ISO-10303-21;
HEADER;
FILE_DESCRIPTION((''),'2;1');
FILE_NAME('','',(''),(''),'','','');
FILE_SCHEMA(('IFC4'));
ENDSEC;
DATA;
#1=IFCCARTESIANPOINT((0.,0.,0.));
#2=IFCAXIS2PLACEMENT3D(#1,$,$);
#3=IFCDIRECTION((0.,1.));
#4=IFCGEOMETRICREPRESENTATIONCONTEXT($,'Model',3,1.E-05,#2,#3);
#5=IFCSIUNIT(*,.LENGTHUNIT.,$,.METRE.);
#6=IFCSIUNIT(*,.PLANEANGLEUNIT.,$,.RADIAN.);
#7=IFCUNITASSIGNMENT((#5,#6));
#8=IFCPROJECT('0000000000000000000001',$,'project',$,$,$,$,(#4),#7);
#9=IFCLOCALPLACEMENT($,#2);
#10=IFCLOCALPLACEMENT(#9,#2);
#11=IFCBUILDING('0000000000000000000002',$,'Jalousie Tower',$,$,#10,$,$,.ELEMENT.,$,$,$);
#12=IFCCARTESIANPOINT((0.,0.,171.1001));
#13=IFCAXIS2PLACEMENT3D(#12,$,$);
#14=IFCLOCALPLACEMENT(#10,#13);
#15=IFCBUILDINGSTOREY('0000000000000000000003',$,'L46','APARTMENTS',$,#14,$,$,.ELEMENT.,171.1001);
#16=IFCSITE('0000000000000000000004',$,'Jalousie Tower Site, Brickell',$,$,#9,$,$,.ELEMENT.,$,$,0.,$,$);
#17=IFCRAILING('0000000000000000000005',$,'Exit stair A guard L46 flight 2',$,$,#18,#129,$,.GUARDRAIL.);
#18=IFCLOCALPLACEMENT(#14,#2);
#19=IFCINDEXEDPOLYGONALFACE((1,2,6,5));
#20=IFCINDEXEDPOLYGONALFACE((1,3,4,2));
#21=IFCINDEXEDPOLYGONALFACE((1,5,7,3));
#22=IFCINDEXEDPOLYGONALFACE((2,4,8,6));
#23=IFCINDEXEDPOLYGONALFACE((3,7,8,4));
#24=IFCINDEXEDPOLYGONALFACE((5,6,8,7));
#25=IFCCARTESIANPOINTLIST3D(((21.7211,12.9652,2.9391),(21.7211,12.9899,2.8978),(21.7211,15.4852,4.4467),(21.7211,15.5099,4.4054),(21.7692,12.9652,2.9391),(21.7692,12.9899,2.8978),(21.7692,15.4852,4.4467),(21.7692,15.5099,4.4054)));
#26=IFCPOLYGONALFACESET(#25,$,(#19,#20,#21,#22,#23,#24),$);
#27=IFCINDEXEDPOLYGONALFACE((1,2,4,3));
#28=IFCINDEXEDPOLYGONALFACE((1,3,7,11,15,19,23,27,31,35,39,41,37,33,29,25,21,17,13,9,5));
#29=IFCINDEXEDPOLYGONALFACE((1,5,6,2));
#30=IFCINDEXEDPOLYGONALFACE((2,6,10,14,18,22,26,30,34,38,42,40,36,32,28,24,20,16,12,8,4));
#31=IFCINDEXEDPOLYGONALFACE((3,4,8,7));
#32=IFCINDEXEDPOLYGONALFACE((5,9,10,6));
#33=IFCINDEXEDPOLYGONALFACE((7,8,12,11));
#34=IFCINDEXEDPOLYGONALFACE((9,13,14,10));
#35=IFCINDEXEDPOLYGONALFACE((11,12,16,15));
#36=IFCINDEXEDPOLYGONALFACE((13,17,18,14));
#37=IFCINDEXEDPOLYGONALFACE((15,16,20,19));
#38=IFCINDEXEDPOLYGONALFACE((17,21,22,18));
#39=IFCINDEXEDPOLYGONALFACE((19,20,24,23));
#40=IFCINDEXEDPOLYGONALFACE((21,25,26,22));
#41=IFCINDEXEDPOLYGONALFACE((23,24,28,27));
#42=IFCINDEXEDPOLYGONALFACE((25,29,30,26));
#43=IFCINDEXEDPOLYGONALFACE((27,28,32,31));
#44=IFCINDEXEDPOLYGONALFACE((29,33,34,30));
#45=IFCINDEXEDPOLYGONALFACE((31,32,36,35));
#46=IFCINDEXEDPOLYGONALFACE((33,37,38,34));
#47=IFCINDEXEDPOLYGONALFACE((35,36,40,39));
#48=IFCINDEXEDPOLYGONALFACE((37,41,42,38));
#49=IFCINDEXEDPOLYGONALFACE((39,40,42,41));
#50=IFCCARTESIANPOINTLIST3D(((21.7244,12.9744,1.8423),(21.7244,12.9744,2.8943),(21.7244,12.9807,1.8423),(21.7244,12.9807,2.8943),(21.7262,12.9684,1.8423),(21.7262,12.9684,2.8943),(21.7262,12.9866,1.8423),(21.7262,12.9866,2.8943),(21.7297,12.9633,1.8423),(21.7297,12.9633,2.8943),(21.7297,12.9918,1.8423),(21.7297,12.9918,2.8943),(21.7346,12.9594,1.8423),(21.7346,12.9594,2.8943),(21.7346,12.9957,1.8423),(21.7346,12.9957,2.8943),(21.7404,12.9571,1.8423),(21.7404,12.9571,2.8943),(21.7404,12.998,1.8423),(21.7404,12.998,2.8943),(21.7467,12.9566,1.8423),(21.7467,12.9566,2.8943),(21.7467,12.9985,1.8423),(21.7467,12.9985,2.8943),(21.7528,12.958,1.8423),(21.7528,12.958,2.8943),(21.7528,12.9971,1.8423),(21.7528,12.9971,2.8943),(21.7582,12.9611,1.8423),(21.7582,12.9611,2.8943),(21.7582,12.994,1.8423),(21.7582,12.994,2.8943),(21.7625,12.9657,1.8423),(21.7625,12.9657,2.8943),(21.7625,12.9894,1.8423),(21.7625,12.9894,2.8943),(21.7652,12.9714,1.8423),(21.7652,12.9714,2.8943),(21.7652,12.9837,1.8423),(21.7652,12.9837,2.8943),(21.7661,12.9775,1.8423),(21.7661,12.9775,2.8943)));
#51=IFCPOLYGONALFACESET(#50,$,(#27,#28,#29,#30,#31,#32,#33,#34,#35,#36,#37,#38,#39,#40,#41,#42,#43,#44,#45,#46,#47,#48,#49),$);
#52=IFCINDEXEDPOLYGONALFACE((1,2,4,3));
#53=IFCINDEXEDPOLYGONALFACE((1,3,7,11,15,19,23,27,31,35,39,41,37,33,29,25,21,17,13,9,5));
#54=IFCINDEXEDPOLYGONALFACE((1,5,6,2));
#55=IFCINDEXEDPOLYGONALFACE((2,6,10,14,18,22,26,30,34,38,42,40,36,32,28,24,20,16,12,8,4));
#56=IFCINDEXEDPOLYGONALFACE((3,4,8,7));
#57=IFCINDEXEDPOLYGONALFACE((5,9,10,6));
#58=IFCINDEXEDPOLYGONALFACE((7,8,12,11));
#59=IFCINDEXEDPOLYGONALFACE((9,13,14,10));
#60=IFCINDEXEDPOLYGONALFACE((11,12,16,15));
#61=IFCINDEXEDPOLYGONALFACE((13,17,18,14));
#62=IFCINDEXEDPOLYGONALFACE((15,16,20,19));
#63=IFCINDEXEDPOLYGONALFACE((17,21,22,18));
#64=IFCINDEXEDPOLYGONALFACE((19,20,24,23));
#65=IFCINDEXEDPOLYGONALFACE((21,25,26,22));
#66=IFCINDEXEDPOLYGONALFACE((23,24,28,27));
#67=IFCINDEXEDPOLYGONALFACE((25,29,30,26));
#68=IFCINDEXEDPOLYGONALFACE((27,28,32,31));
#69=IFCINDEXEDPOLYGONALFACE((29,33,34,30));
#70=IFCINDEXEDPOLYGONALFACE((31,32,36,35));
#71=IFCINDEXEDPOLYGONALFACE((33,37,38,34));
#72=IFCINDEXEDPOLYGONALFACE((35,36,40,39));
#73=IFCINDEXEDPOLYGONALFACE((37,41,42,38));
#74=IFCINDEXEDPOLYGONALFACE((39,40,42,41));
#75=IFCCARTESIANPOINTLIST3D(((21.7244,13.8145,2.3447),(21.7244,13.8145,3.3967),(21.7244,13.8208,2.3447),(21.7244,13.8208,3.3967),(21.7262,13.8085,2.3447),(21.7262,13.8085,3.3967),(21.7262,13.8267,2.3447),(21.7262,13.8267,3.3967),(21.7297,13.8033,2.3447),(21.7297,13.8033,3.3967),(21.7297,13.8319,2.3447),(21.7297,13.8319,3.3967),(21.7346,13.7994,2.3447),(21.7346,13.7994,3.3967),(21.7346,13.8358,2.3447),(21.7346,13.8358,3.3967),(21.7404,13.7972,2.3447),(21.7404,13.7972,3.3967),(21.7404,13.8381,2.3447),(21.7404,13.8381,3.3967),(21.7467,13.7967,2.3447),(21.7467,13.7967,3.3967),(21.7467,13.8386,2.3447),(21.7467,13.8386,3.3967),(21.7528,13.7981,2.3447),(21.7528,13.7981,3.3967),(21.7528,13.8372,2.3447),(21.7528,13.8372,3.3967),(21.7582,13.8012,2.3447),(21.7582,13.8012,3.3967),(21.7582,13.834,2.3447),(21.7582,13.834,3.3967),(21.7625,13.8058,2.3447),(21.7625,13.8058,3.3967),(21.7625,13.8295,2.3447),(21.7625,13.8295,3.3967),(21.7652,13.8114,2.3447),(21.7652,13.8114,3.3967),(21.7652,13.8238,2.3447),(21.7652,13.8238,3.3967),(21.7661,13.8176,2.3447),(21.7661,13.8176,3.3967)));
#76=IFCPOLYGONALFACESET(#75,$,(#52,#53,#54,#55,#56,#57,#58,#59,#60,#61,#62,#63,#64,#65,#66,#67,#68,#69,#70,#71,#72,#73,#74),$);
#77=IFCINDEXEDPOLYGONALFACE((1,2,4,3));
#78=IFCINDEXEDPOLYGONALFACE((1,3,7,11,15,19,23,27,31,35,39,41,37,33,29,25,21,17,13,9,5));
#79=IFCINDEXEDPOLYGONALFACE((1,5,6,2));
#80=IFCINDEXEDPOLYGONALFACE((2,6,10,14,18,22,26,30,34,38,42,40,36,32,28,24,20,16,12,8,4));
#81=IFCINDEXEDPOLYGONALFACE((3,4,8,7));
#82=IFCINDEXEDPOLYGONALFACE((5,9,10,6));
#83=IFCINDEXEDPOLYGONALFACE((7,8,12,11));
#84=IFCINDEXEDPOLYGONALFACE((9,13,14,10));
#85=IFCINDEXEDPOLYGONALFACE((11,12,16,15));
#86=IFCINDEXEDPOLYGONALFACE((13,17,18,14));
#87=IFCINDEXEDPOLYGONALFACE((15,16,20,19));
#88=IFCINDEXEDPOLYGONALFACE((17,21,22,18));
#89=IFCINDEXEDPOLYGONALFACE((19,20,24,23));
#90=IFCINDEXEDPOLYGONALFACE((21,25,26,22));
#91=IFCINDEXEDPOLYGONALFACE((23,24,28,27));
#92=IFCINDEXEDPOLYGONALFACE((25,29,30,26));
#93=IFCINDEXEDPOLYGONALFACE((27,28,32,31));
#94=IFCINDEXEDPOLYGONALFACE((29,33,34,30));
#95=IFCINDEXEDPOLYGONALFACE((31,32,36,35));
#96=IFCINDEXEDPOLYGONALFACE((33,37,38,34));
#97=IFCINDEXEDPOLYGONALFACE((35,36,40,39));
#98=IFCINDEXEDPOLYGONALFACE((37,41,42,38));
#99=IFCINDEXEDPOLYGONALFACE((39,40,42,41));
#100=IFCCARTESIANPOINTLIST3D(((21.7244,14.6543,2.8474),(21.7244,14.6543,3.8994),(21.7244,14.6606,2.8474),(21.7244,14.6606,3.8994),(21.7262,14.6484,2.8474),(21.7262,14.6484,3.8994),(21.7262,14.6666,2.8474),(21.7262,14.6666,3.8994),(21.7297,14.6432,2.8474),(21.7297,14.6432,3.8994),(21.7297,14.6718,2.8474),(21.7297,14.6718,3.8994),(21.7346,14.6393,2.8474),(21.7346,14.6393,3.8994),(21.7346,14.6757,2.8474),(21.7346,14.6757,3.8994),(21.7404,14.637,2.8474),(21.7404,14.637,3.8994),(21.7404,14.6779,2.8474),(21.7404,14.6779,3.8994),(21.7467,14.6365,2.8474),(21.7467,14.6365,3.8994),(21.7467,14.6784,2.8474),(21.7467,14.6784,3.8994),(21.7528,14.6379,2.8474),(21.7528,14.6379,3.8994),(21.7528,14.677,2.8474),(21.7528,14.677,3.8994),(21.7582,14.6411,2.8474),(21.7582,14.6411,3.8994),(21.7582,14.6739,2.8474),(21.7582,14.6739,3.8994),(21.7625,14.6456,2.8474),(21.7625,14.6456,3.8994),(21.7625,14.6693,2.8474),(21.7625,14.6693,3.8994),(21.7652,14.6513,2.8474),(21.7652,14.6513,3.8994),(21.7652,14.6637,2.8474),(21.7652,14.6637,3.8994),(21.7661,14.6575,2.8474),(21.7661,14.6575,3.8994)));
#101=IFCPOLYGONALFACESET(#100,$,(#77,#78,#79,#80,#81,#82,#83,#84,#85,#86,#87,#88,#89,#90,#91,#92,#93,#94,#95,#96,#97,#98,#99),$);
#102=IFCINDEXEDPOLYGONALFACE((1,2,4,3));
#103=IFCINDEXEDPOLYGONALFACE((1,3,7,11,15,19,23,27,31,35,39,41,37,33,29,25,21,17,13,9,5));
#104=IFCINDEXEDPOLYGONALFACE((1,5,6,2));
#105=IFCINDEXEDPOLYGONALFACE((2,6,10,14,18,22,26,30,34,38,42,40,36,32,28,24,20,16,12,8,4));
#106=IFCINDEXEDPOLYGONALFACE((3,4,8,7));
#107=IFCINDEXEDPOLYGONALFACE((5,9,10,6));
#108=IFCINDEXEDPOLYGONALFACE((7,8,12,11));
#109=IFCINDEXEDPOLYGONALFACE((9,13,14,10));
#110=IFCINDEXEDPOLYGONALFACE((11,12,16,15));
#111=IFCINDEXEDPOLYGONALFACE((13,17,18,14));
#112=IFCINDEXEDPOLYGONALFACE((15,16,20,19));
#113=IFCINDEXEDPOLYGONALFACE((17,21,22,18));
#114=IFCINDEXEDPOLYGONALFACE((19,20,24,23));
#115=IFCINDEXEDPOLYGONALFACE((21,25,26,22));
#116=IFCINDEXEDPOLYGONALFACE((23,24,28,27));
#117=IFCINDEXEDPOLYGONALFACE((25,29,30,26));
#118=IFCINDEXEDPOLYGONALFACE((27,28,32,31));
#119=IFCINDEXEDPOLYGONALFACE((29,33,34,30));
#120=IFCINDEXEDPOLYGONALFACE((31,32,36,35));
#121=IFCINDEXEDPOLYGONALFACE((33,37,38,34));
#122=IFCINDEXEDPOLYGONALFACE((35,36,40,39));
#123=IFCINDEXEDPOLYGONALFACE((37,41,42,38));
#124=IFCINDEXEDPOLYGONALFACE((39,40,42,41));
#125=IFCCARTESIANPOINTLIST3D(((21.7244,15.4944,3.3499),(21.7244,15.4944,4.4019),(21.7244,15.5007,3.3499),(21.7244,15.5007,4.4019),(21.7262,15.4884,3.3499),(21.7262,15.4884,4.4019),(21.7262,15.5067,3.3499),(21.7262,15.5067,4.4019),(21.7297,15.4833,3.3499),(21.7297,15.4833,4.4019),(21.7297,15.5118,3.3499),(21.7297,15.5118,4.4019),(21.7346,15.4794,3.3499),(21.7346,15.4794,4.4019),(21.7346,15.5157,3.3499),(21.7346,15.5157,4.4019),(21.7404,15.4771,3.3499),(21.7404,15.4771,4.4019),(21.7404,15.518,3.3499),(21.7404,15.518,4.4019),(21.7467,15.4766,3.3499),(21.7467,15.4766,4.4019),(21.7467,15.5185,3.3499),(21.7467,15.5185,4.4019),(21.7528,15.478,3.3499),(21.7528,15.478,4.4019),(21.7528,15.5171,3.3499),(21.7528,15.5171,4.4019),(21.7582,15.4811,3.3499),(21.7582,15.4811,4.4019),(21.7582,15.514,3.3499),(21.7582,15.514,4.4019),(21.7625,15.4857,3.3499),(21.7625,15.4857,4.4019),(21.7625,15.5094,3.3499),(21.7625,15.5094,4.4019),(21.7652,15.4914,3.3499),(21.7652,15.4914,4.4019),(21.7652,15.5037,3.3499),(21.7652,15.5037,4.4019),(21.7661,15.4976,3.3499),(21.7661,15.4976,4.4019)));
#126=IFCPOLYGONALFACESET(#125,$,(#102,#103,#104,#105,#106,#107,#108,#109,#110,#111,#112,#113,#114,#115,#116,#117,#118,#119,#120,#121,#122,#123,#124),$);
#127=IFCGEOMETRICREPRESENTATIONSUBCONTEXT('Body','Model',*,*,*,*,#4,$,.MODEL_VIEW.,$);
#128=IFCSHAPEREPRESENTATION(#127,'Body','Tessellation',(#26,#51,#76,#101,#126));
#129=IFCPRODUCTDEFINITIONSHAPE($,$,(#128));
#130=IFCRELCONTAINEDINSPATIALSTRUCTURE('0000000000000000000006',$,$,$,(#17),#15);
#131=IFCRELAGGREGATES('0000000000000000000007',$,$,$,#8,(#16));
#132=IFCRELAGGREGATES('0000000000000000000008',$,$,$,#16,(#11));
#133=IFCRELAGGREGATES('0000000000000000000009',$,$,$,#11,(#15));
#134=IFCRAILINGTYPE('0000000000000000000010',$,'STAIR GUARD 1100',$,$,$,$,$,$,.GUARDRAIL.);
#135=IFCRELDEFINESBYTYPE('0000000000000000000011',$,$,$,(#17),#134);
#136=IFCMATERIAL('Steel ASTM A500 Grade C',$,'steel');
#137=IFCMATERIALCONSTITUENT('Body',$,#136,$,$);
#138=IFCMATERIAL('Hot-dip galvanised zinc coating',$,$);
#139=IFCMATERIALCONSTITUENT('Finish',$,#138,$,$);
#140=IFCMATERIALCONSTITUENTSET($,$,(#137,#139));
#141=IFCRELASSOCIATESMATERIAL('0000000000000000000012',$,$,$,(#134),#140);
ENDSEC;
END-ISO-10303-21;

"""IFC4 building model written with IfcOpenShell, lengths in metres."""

from ifc_helpers import new_model, si_unit, direction, frame, origin, origin_2d, place, context, subcontext, project, spatial, rectangle, circle, extrude, material, constituent, constituent_set, type_object, element, save


model = new_model("IFC4")

# Units and contexts
model_context = context("Model", 3, precision=1e-05, world=origin(), true_north=direction((0.0, 1.0)))
body_context = subcontext(model_context, "Body", "Model", "MODEL_VIEW")
ifc_project = project(units=[si_unit("LENGTHUNIT", "METRE"), si_unit("PLANEANGLEUNIT", "RADIAN")], contexts=[model_context])

# Site, building, storey
site_placement = place(None, origin())
site = spatial("IfcSite", under=ifc_project, at=site_placement, Name="Jalousie Tower Site, Brickell", CompositionType="ELEMENT", RefElevation=0.0)
building_placement = place(site_placement, origin())
building = spatial("IfcBuilding", under=site, at=building_placement, Name="Jalousie Tower", CompositionType="ELEMENT")
storey_placement = place(building_placement, frame((0.0, 0.0, 171.1001)))
storey = spatial("IfcBuildingStorey", under=building, at=storey_placement, Name="L46", Description="APARTMENTS", CompositionType="ELEMENT", Elevation=171.1001)

# Railing
ifc_material_1 = material(Name="Steel ASTM A500 Grade C", Category="steel")
ifc_constituent_1 = constituent(ifc_material_1, Name="Body")
ifc_material_2 = material(Name="Hot-dip galvanised zinc coating")
ifc_constituent_2 = constituent(ifc_material_2, Name="Finish")
ifc_constituent_set_1 = constituent_set(constituents=[ifc_constituent_1, ifc_constituent_2])
railing_type_1 = type_object("IfcRailingType", Name="STAIR GUARD 1100", PredefinedType="GUARDRAIL", material=ifc_constituent_set_1)
railing_1_placement = place(storey_placement, frame((21.7451, 12.9775, 1.8423)))
element("IfcRailing", 1, at=railing_1_placement, inside=storey, type_object=railing_type_1, Name="Exit stair A guard L46 flight 2", PredefinedType="GUARDRAIL", context=body_context, shape_type="SweptSolid", body=[
    extrude(rectangle(XDim=0.0481, YDim=0.0481, at=origin_2d()), frame((0.0, 0.0, 1.0762), z_axis=(0.0, 0.85816, 0.513383), x_axis=(-1.0, 0.0, 0.0)), (0.0, 0.0, 1.0), 2.9365),
    extrude(circle(Radius=0.021, at=origin_2d()), origin(), (0.0, 0.0, 1.0), 1.052),
    extrude(circle(Radius=0.021, at=origin_2d()), frame((0.0, 0.8401, 0.5024)), (0.0, 0.0, 1.0), 1.052),
    extrude(circle(Radius=0.021, at=origin_2d()), frame((0.0, 1.6799, 1.0051)), (0.0, 0.0, 1.0), 1.052),
    extrude(circle(Radius=0.021, at=origin_2d()), frame((0.0, 2.52, 1.5076)), (0.0, 0.0, 1.0), 1.052),
])

save(model, "model.ifc")
